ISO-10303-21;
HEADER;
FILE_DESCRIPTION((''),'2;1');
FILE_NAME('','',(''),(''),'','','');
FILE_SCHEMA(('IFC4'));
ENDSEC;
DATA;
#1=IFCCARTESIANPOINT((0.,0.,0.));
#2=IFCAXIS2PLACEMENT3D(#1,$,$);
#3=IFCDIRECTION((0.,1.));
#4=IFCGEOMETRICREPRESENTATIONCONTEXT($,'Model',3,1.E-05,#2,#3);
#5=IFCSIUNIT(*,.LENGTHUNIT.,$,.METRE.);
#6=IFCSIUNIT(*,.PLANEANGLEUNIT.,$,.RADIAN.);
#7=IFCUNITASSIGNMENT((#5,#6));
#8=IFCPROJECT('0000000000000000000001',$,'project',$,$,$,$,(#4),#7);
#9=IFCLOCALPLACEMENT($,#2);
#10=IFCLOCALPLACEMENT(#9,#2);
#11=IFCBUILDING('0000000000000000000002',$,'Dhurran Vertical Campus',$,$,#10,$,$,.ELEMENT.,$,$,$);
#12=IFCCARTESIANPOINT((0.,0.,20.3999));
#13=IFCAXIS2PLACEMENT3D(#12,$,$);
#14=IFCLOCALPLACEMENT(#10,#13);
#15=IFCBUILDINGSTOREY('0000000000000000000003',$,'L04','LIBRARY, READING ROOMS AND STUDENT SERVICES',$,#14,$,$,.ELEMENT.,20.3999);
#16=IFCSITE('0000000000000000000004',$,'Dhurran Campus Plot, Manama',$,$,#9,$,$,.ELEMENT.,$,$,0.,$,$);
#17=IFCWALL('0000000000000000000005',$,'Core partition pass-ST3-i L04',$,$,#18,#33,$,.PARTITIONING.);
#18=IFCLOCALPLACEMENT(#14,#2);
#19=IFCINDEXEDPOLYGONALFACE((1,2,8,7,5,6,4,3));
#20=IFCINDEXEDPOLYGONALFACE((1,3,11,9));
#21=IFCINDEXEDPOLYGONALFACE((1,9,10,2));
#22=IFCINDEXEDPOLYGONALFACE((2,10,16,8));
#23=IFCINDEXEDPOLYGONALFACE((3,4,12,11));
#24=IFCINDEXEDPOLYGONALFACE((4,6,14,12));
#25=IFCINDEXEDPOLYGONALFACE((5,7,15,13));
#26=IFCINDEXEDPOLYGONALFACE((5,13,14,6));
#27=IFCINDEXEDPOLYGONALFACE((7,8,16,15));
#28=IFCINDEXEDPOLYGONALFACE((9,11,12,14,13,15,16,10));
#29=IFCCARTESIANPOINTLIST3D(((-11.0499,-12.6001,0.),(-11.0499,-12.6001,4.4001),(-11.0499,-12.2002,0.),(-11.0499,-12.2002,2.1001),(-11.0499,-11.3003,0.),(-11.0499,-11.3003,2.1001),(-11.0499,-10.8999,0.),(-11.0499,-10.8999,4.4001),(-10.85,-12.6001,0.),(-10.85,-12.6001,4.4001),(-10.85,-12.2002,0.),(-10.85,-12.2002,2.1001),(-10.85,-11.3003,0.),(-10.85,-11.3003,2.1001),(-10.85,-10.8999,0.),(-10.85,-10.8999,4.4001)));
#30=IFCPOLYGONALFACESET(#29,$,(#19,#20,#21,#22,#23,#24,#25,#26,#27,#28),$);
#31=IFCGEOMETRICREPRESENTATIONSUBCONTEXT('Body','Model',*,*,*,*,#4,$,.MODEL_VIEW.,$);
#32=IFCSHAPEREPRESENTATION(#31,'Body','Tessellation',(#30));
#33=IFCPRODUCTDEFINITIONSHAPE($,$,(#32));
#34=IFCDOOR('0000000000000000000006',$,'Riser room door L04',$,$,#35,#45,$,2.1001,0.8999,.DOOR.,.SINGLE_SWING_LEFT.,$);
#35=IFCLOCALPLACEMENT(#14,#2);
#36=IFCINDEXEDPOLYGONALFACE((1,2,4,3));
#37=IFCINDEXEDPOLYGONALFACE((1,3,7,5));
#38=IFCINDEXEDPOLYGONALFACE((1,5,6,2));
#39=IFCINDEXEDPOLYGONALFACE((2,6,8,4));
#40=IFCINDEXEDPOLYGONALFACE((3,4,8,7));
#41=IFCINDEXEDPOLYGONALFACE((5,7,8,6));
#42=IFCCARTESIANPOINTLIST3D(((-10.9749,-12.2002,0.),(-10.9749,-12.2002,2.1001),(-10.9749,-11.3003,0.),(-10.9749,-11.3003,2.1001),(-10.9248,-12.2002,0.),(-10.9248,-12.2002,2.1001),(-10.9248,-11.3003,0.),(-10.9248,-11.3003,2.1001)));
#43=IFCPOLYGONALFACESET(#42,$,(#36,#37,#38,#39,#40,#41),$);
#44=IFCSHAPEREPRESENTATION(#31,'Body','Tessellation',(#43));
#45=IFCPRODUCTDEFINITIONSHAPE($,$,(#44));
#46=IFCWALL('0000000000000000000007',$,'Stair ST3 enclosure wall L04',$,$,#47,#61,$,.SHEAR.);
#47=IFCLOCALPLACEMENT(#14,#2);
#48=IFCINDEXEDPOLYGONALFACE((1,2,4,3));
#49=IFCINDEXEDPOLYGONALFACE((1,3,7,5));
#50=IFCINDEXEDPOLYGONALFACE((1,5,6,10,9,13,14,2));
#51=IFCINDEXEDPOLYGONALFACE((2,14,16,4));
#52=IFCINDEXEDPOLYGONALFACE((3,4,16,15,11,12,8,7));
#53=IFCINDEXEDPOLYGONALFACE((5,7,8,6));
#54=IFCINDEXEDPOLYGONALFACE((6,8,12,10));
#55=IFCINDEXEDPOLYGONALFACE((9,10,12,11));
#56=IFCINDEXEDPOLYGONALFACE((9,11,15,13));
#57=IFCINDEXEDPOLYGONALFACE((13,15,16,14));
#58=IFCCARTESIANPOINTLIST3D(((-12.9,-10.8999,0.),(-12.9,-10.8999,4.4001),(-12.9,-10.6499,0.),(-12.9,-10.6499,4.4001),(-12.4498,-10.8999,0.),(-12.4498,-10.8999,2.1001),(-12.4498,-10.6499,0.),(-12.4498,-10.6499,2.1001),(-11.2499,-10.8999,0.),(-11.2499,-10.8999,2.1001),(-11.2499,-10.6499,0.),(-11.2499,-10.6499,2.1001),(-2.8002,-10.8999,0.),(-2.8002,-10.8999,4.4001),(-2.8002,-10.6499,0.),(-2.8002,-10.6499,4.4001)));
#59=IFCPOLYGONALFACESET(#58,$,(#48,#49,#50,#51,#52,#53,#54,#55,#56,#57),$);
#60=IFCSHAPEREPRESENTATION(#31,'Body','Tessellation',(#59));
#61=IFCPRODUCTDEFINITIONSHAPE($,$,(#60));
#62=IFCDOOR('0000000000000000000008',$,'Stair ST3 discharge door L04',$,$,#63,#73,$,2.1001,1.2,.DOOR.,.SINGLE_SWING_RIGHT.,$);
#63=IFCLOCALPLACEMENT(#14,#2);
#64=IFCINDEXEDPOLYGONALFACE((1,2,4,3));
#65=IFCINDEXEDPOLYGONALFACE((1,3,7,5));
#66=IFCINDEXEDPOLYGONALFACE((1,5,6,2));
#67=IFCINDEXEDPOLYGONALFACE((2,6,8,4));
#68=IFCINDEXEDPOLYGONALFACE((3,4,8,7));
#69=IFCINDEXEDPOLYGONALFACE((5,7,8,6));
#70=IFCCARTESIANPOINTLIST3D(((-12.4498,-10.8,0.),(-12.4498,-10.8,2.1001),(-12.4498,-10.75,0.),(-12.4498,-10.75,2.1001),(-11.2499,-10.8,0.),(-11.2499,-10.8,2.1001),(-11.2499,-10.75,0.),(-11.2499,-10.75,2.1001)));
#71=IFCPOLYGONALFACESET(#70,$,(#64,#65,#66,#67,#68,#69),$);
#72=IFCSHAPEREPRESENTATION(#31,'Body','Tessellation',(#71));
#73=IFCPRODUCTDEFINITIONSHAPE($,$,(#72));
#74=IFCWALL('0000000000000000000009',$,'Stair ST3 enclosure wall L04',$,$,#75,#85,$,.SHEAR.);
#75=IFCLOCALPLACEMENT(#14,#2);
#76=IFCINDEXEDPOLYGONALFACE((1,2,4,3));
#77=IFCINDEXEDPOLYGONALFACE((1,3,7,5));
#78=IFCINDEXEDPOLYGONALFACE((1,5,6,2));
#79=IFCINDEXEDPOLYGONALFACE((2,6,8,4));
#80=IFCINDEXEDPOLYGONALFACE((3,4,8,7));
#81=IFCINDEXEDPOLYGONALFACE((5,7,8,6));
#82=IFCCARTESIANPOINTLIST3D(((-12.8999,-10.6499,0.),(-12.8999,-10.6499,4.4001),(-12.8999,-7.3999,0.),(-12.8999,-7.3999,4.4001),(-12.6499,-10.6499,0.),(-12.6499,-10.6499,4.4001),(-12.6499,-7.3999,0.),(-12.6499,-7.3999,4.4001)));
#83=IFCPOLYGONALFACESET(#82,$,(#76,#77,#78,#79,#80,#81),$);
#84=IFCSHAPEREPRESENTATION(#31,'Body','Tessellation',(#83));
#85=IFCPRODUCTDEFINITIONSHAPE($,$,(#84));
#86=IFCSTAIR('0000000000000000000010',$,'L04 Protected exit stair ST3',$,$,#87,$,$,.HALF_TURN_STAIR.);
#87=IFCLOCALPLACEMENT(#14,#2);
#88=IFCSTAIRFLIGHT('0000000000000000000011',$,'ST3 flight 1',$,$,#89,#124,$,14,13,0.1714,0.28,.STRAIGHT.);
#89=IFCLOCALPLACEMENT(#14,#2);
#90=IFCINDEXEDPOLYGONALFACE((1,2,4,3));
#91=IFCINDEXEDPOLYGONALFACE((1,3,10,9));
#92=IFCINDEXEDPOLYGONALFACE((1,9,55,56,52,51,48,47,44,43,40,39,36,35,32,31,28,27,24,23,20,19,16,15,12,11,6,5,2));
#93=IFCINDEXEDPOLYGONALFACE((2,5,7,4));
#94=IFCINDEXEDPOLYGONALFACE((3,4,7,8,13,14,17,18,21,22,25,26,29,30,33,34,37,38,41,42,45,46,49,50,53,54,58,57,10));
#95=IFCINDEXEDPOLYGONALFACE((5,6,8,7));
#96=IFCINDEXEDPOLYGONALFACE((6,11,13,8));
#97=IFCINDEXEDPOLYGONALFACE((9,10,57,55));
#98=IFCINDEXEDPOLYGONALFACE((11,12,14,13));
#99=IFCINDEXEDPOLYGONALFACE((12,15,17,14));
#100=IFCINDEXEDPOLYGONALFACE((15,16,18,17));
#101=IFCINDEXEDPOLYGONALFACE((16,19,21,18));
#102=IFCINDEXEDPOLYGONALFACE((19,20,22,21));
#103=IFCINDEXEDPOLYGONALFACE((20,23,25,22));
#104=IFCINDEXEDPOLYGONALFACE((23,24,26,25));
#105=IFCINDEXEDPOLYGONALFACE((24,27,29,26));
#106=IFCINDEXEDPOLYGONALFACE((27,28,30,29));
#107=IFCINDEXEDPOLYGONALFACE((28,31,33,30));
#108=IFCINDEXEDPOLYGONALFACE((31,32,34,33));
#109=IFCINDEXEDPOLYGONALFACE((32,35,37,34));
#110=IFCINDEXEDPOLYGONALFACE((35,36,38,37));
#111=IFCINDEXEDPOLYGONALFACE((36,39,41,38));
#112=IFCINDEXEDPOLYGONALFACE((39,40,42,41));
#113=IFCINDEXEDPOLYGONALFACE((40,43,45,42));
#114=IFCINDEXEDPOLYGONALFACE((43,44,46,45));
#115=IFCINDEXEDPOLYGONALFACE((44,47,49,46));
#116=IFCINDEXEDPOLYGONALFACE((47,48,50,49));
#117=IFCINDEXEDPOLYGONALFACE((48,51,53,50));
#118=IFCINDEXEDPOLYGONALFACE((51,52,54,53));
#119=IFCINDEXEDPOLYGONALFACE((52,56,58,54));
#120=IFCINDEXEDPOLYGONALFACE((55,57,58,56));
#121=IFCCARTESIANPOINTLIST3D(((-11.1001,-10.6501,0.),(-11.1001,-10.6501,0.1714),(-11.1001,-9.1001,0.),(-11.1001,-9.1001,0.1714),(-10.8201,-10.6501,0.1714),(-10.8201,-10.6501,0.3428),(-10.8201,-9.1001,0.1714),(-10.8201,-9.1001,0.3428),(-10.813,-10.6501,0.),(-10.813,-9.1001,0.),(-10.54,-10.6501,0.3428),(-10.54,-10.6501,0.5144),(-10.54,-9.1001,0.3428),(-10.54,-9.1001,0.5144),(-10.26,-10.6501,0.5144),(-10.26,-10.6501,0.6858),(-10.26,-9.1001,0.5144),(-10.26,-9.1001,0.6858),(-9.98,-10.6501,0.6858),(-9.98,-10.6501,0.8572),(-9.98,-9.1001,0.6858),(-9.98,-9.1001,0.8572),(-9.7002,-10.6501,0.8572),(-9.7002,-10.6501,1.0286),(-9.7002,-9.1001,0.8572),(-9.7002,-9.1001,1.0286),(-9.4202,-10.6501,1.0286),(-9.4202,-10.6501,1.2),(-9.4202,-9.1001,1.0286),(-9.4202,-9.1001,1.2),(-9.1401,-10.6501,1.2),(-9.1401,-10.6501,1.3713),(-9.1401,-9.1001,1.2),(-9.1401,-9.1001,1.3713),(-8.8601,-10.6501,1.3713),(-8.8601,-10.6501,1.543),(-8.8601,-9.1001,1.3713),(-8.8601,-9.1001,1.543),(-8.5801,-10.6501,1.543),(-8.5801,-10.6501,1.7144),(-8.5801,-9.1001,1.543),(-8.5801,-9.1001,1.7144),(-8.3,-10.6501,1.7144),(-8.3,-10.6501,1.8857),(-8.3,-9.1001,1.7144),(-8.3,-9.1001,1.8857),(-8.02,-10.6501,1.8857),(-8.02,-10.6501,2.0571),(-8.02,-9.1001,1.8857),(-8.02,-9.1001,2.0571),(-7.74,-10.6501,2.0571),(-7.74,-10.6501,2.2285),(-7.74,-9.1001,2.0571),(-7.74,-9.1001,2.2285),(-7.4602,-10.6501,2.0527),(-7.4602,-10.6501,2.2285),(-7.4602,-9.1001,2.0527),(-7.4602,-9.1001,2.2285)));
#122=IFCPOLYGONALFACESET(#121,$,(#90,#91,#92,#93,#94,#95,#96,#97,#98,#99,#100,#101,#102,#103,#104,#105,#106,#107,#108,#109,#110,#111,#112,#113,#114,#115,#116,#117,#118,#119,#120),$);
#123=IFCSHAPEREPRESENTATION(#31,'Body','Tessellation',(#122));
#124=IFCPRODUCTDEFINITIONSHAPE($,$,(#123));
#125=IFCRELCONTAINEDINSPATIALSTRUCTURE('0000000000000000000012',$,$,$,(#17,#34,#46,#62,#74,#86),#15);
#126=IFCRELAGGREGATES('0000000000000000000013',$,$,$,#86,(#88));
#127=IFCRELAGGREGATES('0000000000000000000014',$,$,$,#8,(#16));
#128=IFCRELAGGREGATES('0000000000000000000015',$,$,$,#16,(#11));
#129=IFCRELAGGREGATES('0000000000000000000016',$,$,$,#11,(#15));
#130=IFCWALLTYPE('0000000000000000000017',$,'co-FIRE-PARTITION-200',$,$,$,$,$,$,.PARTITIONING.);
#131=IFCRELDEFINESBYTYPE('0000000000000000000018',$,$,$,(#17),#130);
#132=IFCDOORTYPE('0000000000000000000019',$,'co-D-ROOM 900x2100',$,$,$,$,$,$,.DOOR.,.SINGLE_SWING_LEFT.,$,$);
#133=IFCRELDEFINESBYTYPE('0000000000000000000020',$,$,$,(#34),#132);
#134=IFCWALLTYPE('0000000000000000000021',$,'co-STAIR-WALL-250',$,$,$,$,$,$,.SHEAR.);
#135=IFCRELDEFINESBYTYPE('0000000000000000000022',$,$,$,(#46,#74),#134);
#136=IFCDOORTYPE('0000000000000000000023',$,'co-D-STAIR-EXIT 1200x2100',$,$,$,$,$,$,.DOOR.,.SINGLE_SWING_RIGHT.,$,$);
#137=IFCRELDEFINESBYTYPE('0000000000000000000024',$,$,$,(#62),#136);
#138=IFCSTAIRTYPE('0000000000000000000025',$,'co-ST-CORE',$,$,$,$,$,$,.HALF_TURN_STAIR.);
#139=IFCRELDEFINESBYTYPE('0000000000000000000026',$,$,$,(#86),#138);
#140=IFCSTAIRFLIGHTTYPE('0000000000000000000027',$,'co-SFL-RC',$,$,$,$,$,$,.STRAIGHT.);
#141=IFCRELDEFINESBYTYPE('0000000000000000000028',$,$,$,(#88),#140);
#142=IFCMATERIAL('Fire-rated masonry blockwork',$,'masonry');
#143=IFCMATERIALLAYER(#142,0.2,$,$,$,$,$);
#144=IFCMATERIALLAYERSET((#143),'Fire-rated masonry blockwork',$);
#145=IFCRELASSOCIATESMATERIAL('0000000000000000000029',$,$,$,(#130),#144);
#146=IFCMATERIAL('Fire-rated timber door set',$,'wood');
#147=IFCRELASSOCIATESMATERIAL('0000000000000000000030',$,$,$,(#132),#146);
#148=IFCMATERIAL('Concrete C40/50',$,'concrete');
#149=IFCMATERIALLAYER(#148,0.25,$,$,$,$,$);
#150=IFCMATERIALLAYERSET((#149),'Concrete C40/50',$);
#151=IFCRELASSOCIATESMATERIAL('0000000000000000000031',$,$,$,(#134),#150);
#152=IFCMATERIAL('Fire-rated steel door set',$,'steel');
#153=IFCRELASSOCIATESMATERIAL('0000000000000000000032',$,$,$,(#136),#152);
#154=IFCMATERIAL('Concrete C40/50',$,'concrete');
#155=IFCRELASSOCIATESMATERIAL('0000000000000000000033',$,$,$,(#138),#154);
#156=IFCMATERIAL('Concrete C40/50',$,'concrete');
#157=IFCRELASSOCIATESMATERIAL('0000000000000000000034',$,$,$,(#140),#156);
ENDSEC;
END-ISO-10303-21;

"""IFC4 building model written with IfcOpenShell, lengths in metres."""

from ifc_helpers import new_model, si_unit, direction, frame, frame_2d, origin, place, context, subcontext, project, spatial, polyline, rectangle, outline, extrude, material, layer, layer_set, type_object, element, fill, aggregate, save


model = new_model("IFC4")

# Units and contexts
model_context = context("Model", 3, precision=1e-05, world=origin(), true_north=direction((0.0, 1.0)))
body_context = subcontext(model_context, "Body", "Model", "MODEL_VIEW")
ifc_project = project(units=[si_unit("LENGTHUNIT", "METRE"), si_unit("PLANEANGLEUNIT", "RADIAN")], contexts=[model_context])

# Site, building, storey
site_placement = place(None, origin())
site = spatial("IfcSite", under=ifc_project, at=site_placement, Name="Dhurran Campus Plot, Manama", CompositionType="ELEMENT", RefElevation=0.0)
building_placement = place(site_placement, origin())
building = spatial("IfcBuilding", under=site, at=building_placement, Name="Dhurran Vertical Campus", CompositionType="ELEMENT")
storey_placement = place(building_placement, frame((0.0, 0.0, 20.3999)))
storey = spatial("IfcBuildingStorey", under=building, at=storey_placement, Name="L04", Description="LIBRARY, READING ROOMS AND STUDENT SERVICES", CompositionType="ELEMENT", Elevation=20.3999)

# Walls, openings, doors
ifc_material_1 = material(Name="Fire-rated masonry blockwork", Category="masonry")
ifc_layer_1 = layer(ifc_material_1, 0.2)
ifc_layer_set_1 = layer_set([ifc_layer_1], Name="Fire-rated masonry blockwork")
wall_type_1 = type_object("IfcWallType", Name="co-FIRE-PARTITION-200", PredefinedType="PARTITIONING", material=ifc_layer_set_1)
wall_1_placement = place(storey_placement, frame((-10.95, -12.6001, 0.0), z_axis=(0.0, 0.0, 1.0), x_axis=(0.0, 1.0, 0.0)))
wall_1 = element("IfcWall", 1, at=wall_1_placement, inside=storey, type_object=wall_type_1, Name="Core partition pass-ST3-i L04", PredefinedType="PARTITIONING", context=body_context, shape_type="SweptSolid", body=[
    extrude(rectangle(XDim=1.7002, YDim=0.2, at=frame_2d((0.8501, 0.0))), origin(), (0.0, 0.0, 1.0), 4.4001),
])
opening_1_placement = place(wall_1_placement, frame((0.3999, 0.0, 0.0)))
opening_1 = element("IfcOpeningElement", 2, at=opening_1_placement, cuts=wall_1, PredefinedType="OPENING", context=body_context, shape_type="SweptSolid", body=[
    extrude(rectangle(XDim=0.8999, YDim=2.1001, at=frame_2d((0.45, 1.05))), frame((0.0, 0.1099, 0.0), z_axis=(0.0, -1.0, 0.0), x_axis=(1.0, 0.0, 0.0)), (0.0, 0.0, 1.0), 0.22),
])
ifc_material_2 = material(Name="Fire-rated timber door set", Category="wood")
door_type_1 = type_object("IfcDoorType", Name="co-D-ROOM 900x2100", OperationType="SINGLE_SWING_LEFT", PredefinedType="DOOR", material=ifc_material_2)
door_1_placement = place(opening_1_placement, origin())
door_1 = element("IfcDoor", 3, at=door_1_placement, inside=storey, type_object=door_type_1, Name="Riser room door L04", OperationType="SINGLE_SWING_LEFT", OverallHeight=2.1001, OverallWidth=0.8999, PredefinedType="DOOR", context=body_context, shape_type="SweptSolid", body=[
    extrude(rectangle(XDim=0.8999, YDim=2.1001, at=frame_2d((0.45, 1.05))), frame((0.0, 0.0249, 0.0), z_axis=(0.0, -1.0, 0.0), x_axis=(1.0, 0.0, 0.0)), (0.0, 0.0, 1.0), 0.05),
])
fill(opening_1, door_1)
ifc_material_3 = material(Name="Concrete C40/50", Category="concrete")
ifc_layer_2 = layer(ifc_material_3, 0.25)
ifc_layer_set_2 = layer_set([ifc_layer_2], Name="Concrete C40/50")
wall_type_2 = type_object("IfcWallType", Name="co-STAIR-WALL-250", PredefinedType="SHEAR", material=ifc_layer_set_2)
wall_2_placement = place(storey_placement, frame((-12.8999, -10.7749, 0.0), z_axis=(0.0, 0.0, 1.0), x_axis=(1.0, 0.0, 0.0)))
wall_2 = element("IfcWall", 4, at=wall_2_placement, inside=storey, type_object=wall_type_2, Name="Stair ST3 enclosure wall L04", PredefinedType="SHEAR", context=body_context, shape_type="SweptSolid", body=[
    extrude(rectangle(XDim=10.0999, YDim=0.25, at=frame_2d((5.0498, 0.0))), origin(), (0.0, 0.0, 1.0), 4.4001),
])
opening_2_placement = place(wall_2_placement, frame((0.45, 0.0, 0.0)))
opening_2 = element("IfcOpeningElement", 5, at=opening_2_placement, cuts=wall_2, PredefinedType="OPENING", context=body_context, shape_type="SweptSolid", body=[
    extrude(rectangle(XDim=1.2, YDim=2.1001, at=frame_2d((0.6001, 1.05))), frame((0.0, 0.135, 0.0), z_axis=(0.0, -1.0, 0.0), x_axis=(1.0, 0.0, 0.0)), (0.0, 0.0, 1.0), 0.27),
])
ifc_material_4 = material(Name="Fire-rated steel door set", Category="steel")
door_type_2 = type_object("IfcDoorType", Name="co-D-STAIR-EXIT 1200x2100", OperationType="SINGLE_SWING_RIGHT", PredefinedType="DOOR", material=ifc_material_4)
door_2_placement = place(opening_2_placement, origin())
door_2 = element("IfcDoor", 6, at=door_2_placement, inside=storey, type_object=door_type_2, Name="Stair ST3 discharge door L04", OperationType="SINGLE_SWING_RIGHT", OverallHeight=2.1001, OverallWidth=1.2, PredefinedType="DOOR", context=body_context, shape_type="SweptSolid", body=[
    extrude(rectangle(XDim=1.2, YDim=2.1001, at=frame_2d((0.6001, 1.05))), frame((0.0, 0.0249, 0.0), z_axis=(0.0, -1.0, 0.0), x_axis=(1.0, 0.0, 0.0)), (0.0, 0.0, 1.0), 0.05),
])
fill(opening_2, door_2)

# Wall
wall_3_placement = place(storey_placement, frame((-12.7749, -10.6499, 0.0), z_axis=(0.0, 0.0, 1.0), x_axis=(0.0, 1.0, 0.0)))
element("IfcWall", 7, at=wall_3_placement, inside=storey, type_object=wall_type_2, Name="Stair ST3 enclosure wall L04", PredefinedType="SHEAR", context=body_context, shape_type="SweptSolid", body=[
    extrude(rectangle(XDim=3.25, YDim=0.25, at=frame_2d((1.625, 0.0))), origin(), (0.0, 0.0, 1.0), 4.4001),
])

# Stair, stair flight
ifc_material_5 = material(Name="Concrete C40/50", Category="concrete")
stair_type = type_object("IfcStairType", Name="co-ST-CORE", PredefinedType="HALF_TURN_STAIR", material=ifc_material_5)
stair_placement = place(storey_placement, origin())
stair = element("IfcStair", 8, at=stair_placement, inside=storey, type_object=stair_type, Name="L04 Protected exit stair ST3", PredefinedType="HALF_TURN_STAIR")
ifc_material_6 = material(Name="Concrete C40/50", Category="concrete")
stair_flight_type = type_object("IfcStairFlightType", Name="co-SFL-RC", PredefinedType="STRAIGHT", material=ifc_material_6)
stair_flight_placement = place(storey_placement, frame((-11.1001, -9.875, 0.0), z_axis=(0.0, 0.0, 1.0), x_axis=(1.0, 0.0, 0.0)))
stair_flight = element("IfcStairFlight", 9, at=stair_flight_placement, type_object=stair_flight_type, Name="ST3 flight 1", NumberOfRisers=14, NumberOfTreads=13, PredefinedType="STRAIGHT", RiserHeight=0.1714, TreadLength=0.28, context=body_context, shape_type="SweptSolid", body=[
    extrude(outline(polyline([(0.0, 0.0), (0.0, 0.1714), (0.28, 0.1714), (0.28, 0.3428), (0.5601, 0.3428), (0.5601, 0.5144), (0.8401, 0.5144), (0.8401, 0.6858), (1.1201, 0.6858), (1.1201, 0.8572), (1.3999, 0.8572), (1.3999, 1.0286), (1.6799, 1.0286), (1.6799, 1.2), (1.96, 1.2), (1.96, 1.3713), (2.24, 1.3713), (2.24, 1.543), (2.52, 1.543), (2.52, 1.7144), (2.8, 1.7144), (2.8, 1.8857), (3.0801, 1.8857), (3.0801, 2.0571), (3.3601, 2.0571), (3.3601, 2.2285), (3.6399, 2.2285), (3.6399, 2.3999), (3.6399, 2.0527), (0.2871, 0.0), (0.0, 0.0)])), frame((0.0, 0.7749, 0.0), z_axis=(0.0, -1.0, 0.0), x_axis=(1.0, 0.0, 0.0)), (0.0, 0.0, 1.0), 1.55),
])
aggregate(stair, [stair_flight])

save(model, "model.ifc")
